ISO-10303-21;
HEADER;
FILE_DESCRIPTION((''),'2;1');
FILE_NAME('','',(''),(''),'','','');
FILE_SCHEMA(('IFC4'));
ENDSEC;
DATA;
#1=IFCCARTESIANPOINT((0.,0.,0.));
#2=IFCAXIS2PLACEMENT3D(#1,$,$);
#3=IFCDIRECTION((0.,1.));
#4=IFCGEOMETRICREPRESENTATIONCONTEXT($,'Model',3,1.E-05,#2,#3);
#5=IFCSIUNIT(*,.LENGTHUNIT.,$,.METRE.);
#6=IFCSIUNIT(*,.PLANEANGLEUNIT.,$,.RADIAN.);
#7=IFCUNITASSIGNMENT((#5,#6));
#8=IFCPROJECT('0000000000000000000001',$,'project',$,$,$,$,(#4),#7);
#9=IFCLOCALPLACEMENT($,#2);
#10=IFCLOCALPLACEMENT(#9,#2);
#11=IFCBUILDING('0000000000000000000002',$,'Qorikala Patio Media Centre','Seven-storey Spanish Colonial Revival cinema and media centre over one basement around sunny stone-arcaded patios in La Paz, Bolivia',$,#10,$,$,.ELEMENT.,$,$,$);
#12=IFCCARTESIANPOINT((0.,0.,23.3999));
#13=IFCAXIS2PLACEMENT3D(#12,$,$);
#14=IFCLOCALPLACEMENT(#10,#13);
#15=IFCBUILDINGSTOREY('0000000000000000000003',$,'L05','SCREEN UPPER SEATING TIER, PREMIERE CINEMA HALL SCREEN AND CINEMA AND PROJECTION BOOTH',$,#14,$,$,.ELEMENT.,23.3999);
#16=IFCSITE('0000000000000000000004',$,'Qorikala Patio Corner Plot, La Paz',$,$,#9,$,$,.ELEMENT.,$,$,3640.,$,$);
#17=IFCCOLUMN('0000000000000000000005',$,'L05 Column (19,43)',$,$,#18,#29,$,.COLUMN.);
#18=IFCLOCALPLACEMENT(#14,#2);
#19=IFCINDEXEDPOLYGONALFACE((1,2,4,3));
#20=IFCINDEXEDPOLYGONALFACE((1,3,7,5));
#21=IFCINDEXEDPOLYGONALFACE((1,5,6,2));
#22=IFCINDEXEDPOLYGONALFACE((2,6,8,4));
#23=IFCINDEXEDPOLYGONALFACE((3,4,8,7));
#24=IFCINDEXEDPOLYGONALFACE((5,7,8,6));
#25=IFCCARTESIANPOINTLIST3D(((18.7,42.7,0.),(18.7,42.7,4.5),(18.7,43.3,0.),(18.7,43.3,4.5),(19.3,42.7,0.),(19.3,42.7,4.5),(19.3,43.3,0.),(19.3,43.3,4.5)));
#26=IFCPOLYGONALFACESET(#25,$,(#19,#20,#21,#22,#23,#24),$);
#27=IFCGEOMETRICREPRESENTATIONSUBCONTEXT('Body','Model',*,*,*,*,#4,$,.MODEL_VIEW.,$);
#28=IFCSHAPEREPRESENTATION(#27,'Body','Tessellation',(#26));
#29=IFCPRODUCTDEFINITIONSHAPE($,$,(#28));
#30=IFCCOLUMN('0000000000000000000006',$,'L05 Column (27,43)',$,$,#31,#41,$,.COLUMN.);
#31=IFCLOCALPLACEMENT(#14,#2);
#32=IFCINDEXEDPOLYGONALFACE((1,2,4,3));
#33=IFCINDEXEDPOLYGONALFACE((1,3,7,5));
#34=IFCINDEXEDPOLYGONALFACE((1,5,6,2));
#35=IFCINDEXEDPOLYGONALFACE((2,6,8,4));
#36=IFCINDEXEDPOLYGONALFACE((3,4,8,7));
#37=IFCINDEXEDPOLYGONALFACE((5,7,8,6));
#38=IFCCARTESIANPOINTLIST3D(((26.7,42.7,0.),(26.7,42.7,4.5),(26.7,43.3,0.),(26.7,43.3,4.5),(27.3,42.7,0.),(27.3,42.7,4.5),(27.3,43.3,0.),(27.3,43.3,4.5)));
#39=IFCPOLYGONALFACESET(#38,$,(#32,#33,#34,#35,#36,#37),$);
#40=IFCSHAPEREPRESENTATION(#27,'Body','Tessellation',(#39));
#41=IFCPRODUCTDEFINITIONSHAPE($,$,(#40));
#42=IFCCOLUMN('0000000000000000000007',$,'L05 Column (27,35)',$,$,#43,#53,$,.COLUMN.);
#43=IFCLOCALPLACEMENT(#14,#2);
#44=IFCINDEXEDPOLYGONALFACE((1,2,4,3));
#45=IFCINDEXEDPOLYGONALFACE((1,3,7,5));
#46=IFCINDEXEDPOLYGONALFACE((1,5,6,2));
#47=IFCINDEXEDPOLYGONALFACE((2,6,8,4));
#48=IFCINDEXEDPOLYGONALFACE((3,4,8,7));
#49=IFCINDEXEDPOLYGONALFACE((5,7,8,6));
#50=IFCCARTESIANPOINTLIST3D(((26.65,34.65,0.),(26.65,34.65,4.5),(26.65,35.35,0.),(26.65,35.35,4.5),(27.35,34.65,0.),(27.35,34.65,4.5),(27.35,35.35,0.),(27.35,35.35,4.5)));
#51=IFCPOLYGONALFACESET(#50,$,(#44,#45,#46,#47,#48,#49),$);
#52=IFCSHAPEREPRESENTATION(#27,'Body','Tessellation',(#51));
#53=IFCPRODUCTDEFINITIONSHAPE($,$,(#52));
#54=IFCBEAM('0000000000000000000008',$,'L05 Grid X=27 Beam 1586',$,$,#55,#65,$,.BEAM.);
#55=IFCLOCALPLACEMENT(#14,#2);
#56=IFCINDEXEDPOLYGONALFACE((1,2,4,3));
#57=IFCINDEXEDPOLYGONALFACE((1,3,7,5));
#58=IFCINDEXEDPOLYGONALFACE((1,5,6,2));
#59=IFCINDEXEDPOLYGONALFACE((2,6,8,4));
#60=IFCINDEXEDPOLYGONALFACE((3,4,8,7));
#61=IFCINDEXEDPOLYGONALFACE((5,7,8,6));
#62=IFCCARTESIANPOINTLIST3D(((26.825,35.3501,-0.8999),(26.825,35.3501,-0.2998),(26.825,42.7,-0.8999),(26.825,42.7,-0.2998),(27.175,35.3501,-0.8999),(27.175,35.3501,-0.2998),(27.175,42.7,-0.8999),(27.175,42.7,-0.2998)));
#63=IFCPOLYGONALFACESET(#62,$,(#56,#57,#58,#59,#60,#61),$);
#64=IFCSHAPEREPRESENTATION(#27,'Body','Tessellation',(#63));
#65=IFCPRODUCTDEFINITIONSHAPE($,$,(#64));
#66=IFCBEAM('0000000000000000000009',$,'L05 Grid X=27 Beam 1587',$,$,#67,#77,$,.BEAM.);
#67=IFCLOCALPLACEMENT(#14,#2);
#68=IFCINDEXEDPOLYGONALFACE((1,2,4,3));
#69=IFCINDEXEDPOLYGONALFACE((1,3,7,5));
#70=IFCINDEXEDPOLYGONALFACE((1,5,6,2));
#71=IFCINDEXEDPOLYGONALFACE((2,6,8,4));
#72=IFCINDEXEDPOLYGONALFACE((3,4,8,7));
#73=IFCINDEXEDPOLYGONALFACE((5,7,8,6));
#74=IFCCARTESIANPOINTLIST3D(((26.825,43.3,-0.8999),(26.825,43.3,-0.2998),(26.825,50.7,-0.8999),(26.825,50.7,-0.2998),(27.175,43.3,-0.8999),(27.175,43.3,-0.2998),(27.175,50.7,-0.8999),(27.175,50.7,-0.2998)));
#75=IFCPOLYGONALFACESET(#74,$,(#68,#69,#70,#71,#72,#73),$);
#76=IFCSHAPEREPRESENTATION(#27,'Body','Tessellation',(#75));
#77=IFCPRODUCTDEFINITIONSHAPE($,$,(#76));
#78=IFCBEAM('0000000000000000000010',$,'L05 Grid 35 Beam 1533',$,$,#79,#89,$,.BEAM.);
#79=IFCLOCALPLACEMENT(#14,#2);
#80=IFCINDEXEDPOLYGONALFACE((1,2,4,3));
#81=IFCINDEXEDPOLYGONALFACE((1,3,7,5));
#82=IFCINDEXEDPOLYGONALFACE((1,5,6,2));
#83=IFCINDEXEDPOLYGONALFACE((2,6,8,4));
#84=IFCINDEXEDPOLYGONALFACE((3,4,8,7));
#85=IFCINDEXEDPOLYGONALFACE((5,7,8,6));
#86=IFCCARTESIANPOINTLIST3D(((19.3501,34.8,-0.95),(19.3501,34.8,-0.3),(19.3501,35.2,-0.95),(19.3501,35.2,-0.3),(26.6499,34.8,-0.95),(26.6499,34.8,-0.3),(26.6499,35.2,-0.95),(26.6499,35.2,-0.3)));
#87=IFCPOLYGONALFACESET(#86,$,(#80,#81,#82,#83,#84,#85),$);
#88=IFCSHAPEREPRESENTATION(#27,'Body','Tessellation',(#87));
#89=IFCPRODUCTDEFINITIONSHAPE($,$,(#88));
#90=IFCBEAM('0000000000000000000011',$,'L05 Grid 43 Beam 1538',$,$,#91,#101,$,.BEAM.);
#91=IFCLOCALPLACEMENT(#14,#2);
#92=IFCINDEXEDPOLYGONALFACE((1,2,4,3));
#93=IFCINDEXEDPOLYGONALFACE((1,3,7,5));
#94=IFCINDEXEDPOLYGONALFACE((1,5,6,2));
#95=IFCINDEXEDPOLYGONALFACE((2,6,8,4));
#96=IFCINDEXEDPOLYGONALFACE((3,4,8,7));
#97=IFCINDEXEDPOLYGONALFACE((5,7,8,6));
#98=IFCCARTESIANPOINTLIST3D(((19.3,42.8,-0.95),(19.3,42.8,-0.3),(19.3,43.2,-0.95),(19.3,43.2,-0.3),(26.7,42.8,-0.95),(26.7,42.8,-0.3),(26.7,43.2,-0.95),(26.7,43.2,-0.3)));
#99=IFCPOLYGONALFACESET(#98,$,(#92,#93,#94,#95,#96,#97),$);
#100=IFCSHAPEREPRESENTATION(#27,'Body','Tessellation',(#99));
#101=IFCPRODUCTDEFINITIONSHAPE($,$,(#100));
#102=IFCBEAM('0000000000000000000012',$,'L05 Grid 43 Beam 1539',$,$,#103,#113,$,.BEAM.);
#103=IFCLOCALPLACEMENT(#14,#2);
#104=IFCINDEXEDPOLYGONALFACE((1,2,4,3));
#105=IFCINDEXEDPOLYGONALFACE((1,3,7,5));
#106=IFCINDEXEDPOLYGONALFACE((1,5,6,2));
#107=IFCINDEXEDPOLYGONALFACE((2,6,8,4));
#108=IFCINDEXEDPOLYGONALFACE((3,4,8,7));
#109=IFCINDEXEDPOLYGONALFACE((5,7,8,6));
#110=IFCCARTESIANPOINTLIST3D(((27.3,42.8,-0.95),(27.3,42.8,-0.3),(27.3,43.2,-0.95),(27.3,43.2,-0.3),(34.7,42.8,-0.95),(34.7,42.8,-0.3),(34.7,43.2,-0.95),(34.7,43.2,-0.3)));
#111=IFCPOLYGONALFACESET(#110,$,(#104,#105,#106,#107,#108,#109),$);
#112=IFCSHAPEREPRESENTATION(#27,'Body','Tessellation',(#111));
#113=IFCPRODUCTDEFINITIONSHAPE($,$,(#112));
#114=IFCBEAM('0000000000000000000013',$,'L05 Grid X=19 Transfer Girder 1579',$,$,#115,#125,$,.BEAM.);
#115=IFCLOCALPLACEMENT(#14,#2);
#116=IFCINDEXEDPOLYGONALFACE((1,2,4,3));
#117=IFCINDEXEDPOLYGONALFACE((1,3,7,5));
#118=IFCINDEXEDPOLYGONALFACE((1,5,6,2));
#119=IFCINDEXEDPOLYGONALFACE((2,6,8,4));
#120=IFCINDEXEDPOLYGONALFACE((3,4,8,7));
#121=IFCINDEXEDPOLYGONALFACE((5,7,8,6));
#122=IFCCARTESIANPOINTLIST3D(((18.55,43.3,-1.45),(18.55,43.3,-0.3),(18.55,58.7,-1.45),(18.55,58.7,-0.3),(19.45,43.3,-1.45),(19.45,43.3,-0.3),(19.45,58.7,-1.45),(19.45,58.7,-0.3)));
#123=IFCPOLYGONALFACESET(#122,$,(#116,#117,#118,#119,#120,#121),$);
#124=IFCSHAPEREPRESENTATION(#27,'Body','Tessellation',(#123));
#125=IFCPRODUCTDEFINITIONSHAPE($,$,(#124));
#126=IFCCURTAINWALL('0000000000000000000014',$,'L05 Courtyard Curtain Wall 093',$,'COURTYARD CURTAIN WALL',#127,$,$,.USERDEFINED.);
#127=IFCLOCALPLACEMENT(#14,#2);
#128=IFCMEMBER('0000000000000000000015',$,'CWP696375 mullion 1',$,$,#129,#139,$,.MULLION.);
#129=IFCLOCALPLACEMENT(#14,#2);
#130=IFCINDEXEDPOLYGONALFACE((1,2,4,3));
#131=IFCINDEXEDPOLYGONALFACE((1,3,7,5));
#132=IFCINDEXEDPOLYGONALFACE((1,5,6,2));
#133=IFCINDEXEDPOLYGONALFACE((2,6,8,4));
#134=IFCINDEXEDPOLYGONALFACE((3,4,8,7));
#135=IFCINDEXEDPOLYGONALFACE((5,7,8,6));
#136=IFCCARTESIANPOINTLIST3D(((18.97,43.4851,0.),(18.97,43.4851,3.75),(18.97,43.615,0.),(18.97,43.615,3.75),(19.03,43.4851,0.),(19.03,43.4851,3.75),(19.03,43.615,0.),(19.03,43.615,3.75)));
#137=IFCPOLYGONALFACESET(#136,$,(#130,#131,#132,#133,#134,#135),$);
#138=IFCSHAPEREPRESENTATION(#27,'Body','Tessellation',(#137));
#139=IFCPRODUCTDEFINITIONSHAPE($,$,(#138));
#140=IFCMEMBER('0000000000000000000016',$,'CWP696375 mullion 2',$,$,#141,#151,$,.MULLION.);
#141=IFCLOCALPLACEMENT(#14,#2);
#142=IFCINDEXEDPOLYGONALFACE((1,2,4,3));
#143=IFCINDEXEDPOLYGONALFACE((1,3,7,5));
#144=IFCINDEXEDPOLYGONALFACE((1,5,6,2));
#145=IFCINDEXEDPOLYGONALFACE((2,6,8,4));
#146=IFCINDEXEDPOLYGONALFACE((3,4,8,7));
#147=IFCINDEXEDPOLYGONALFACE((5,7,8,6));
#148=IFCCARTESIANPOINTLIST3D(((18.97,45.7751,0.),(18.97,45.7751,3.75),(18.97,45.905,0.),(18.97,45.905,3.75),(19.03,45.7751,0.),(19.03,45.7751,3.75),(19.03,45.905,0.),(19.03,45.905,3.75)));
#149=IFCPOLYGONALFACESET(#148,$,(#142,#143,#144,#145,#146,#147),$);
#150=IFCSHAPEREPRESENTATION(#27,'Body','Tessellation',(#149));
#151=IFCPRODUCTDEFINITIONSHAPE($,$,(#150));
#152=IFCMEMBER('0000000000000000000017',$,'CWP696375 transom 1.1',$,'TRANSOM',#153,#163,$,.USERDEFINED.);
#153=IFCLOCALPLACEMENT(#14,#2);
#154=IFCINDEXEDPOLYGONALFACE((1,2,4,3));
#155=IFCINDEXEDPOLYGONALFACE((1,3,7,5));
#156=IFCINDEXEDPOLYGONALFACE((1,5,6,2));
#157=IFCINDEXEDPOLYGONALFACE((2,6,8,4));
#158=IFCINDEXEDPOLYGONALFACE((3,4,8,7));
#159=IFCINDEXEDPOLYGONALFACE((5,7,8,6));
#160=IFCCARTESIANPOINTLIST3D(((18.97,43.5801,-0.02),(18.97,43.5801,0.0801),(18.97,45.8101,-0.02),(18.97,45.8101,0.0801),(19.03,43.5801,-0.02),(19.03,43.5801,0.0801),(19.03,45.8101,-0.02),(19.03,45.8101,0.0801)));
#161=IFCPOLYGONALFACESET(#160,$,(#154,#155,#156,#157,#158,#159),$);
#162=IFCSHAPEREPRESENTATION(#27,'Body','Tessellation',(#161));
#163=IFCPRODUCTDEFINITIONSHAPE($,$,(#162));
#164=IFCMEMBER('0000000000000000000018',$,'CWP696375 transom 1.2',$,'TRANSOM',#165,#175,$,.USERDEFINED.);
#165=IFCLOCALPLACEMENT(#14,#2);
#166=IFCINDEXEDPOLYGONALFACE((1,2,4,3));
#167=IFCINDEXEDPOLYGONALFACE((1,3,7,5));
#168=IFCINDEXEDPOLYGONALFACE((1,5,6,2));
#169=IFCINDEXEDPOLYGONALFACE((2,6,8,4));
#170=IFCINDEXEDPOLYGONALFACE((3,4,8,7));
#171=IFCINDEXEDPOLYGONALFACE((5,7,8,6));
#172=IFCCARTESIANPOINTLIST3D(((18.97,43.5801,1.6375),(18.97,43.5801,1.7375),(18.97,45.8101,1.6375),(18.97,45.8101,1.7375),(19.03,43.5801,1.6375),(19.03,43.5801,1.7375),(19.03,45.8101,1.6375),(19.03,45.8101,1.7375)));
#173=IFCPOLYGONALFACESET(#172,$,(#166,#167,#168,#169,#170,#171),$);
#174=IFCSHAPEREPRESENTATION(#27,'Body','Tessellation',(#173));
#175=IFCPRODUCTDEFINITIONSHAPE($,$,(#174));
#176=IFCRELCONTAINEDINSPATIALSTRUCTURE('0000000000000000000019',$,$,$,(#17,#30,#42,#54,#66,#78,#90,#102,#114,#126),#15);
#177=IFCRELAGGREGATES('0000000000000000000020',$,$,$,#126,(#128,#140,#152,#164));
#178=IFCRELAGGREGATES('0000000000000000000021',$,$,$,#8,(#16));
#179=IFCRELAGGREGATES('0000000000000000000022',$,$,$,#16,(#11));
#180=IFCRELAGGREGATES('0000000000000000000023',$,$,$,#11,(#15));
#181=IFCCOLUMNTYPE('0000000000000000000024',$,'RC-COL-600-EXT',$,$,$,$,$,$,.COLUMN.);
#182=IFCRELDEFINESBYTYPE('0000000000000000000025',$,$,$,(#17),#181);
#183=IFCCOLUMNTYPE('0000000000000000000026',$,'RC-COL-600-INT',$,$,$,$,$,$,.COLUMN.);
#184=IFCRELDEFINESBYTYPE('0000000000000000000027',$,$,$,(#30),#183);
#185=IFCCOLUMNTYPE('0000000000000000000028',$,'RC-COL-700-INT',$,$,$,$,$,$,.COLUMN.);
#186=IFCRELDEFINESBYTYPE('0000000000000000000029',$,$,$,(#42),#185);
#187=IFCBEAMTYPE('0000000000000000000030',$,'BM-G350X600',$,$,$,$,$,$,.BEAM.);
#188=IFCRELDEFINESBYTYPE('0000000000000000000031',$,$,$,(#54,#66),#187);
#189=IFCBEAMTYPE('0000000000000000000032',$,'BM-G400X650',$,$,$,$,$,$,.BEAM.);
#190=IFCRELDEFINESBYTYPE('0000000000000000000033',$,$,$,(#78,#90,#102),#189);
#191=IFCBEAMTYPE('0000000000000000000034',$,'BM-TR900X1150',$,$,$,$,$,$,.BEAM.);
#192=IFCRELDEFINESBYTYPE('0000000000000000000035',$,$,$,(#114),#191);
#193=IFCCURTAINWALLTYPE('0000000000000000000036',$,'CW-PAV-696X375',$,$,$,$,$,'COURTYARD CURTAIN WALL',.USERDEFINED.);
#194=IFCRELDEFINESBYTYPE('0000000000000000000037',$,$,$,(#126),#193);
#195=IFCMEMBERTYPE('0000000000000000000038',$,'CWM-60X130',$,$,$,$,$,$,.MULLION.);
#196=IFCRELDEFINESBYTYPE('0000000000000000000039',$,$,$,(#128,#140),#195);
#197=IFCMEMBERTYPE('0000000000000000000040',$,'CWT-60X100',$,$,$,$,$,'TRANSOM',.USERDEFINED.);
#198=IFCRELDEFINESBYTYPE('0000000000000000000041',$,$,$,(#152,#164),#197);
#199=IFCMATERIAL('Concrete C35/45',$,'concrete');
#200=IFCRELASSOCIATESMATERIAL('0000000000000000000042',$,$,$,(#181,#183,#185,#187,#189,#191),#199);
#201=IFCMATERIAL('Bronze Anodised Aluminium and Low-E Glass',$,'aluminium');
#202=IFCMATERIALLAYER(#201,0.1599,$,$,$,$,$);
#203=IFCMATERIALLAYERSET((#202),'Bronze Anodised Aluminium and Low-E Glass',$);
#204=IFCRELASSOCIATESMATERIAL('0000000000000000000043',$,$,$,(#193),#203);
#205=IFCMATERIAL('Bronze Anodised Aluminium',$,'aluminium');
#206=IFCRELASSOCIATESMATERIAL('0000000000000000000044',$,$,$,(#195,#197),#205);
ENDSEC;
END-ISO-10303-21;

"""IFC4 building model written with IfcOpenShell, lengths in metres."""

from ifc_helpers import new_model, si_unit, direction, frame, origin, origin_2d, place, context, subcontext, project, spatial, rectangle, extrude, material, layer, layer_set, material_profile, profile_set, type_object, element, aggregate, save


model = new_model("IFC4")

# Units and contexts
model_context = context("Model", 3, precision=1e-05, world=origin(), true_north=direction((0.0, 1.0)))
body_context = subcontext(model_context, "Body", "Model", "MODEL_VIEW")
ifc_project = project(units=[si_unit("LENGTHUNIT", "METRE"), si_unit("PLANEANGLEUNIT", "RADIAN")], contexts=[model_context])

# Site, building, storey
site_placement = place(None, origin())
site = spatial("IfcSite", under=ifc_project, at=site_placement, Name="Qorikala Patio Corner Plot, La Paz", CompositionType="ELEMENT", RefElevation=3640.0)
building_placement = place(site_placement, origin())
building = spatial("IfcBuilding", under=site, at=building_placement, Name="Qorikala Patio Media Centre", Description="Seven-storey Spanish Colonial Revival cinema and media centre over one basement around sunny stone-arcaded patios in La Paz, Bolivia", CompositionType="ELEMENT")
storey_placement = place(building_placement, frame((0.0, 0.0, 23.3999)))
storey = spatial("IfcBuildingStorey", under=building, at=storey_placement, Name="L05", Description="SCREEN UPPER SEATING TIER, PREMIERE CINEMA HALL SCREEN AND CINEMA AND PROJECTION BOOTH", CompositionType="ELEMENT", Elevation=23.3999)

# Columns
ifc_material_1 = material(Name="Concrete C35/45", Category="concrete")
ifc_material_profile_1 = material_profile(ifc_material_1, rectangle(XDim=0.6001, YDim=0.6001, at=origin_2d()), Name="RC 600x600")
ifc_profile_set_1 = profile_set([ifc_material_profile_1], Name="Concrete C35/45")
column_type_1 = type_object("IfcColumnType", Name="RC-COL-600-EXT", PredefinedType="COLUMN", material=ifc_profile_set_1)
column_1_placement = place(storey_placement, frame((19.0, 43.0, 0.0), z_axis=(0.0, 0.0, 1.0), x_axis=(1.0, 0.0, 0.0)))
element("IfcColumn", 1, at=column_1_placement, inside=storey, type_object=column_type_1, Name="L05 Column (19,43)", PredefinedType="COLUMN", context=body_context, shape_type="SweptSolid", body=[
    extrude(rectangle(XDim=0.6001, YDim=0.6001, at=origin_2d()), origin(), (0.0, 0.0, 1.0), 4.5),
])
ifc_material_profile_2 = material_profile(ifc_material_1, rectangle(XDim=0.6001, YDim=0.6001, at=origin_2d()), Name="RC 600x600")
ifc_profile_set_2 = profile_set([ifc_material_profile_2], Name="Concrete C35/45")
column_type_2 = type_object("IfcColumnType", Name="RC-COL-600-INT", PredefinedType="COLUMN", material=ifc_profile_set_2)
column_2_placement = place(storey_placement, frame((27.0, 43.0, 0.0), z_axis=(0.0, 0.0, 1.0), x_axis=(1.0, 0.0, 0.0)))
element("IfcColumn", 2, at=column_2_placement, inside=storey, type_object=column_type_2, Name="L05 Column (27,43)", PredefinedType="COLUMN", context=body_context, shape_type="SweptSolid", body=[
    extrude(rectangle(XDim=0.6001, YDim=0.6001, at=origin_2d()), origin(), (0.0, 0.0, 1.0), 4.5),
])
ifc_material_profile_3 = material_profile(ifc_material_1, rectangle(XDim=0.7, YDim=0.7, at=origin_2d()), Name="RC 700x700")
ifc_profile_set_3 = profile_set([ifc_material_profile_3], Name="Concrete C35/45")
column_type_3 = type_object("IfcColumnType", Name="RC-COL-700-INT", PredefinedType="COLUMN", material=ifc_profile_set_3)
column_3_placement = place(storey_placement, frame((27.0, 35.0, 0.0), z_axis=(0.0, 0.0, 1.0), x_axis=(1.0, 0.0, 0.0)))
element("IfcColumn", 3, at=column_3_placement, inside=storey, type_object=column_type_3, Name="L05 Column (27,35)", PredefinedType="COLUMN", context=body_context, shape_type="SweptSolid", body=[
    extrude(rectangle(XDim=0.7, YDim=0.7, at=origin_2d()), origin(), (0.0, 0.0, 1.0), 4.5),
])

# Beams
ifc_material_profile_4 = material_profile(ifc_material_1, rectangle(XDim=0.3501, YDim=0.6001, at=origin_2d()), Name="RC 350x600")
ifc_profile_set_4 = profile_set([ifc_material_profile_4], Name="Concrete C35/45")
beam_type_1 = type_object("IfcBeamType", Name="BM-G350X600", PredefinedType="BEAM", material=ifc_profile_set_4)
beam_1_placement = place(storey_placement, frame((27.0, 35.3501, -0.5999), z_axis=(0.0, 1.0, 0.0), x_axis=(-1.0, 0.0, 0.0)))
element("IfcBeam", 4, at=beam_1_placement, inside=storey, type_object=beam_type_1, Name="L05 Grid X=27 Beam 1586", PredefinedType="BEAM", context=body_context, shape_type="SweptSolid", body=[
    extrude(rectangle(XDim=0.3501, YDim=0.6001, at=origin_2d()), origin(), (0.0, 0.0, 1.0), 7.3499),
])
beam_2_placement = place(storey_placement, frame((27.0, 43.3, -0.5999), z_axis=(0.0, 1.0, 0.0), x_axis=(-1.0, 0.0, 0.0)))
element("IfcBeam", 5, at=beam_2_placement, inside=storey, type_object=beam_type_1, Name="L05 Grid X=27 Beam 1587", PredefinedType="BEAM", context=body_context, shape_type="SweptSolid", body=[
    extrude(rectangle(XDim=0.3501, YDim=0.6001, at=origin_2d()), origin(), (0.0, 0.0, 1.0), 7.3999),
])
ifc_material_profile_5 = material_profile(ifc_material_1, rectangle(XDim=0.3999, YDim=0.6499, at=origin_2d()), Name="RC 400x650")
ifc_profile_set_5 = profile_set([ifc_material_profile_5], Name="Concrete C35/45")
beam_type_2 = type_object("IfcBeamType", Name="BM-G400X650", PredefinedType="BEAM", material=ifc_profile_set_5)
beam_3_placement = place(storey_placement, frame((19.3501, 35.0, -0.625), z_axis=(1.0, 0.0, 0.0), x_axis=(0.0, 1.0, 0.0)))
element("IfcBeam", 6, at=beam_3_placement, inside=storey, type_object=beam_type_2, Name="L05 Grid 35 Beam 1533", PredefinedType="BEAM", context=body_context, shape_type="SweptSolid", body=[
    extrude(rectangle(XDim=0.3999, YDim=0.6499, at=origin_2d()), origin(), (0.0, 0.0, 1.0), 7.2998),
])
for number, where, z_axis, x_axis, name in (
    (7, (19.3, 43.0, -0.625), (1.0, 0.0, 0.0), (0.0, 1.0, 0.0), "L05 Grid 43 Beam 1538"),
    (8, (27.3, 43.0, -0.625), (1.0, 0.0, 0.0), (0.0, 1.0, 0.0), "L05 Grid 43 Beam 1539"),
):
    element("IfcBeam", number, at=place(storey_placement, frame(where, z_axis=z_axis, x_axis=x_axis)), inside=storey, type_object=beam_type_2, Name=name, PredefinedType="BEAM", context=body_context, shape_type="SweptSolid", body=[
        extrude(rectangle(XDim=0.3999, YDim=0.6499, at=origin_2d()), origin(), (0.0, 0.0, 1.0), 7.3999),
    ])
ifc_material_profile_6 = material_profile(ifc_material_1, rectangle(XDim=0.8999, YDim=1.1499, at=origin_2d()), Name="RC 900x1150")
ifc_profile_set_6 = profile_set([ifc_material_profile_6], Name="Concrete C35/45")
beam_type_3 = type_object("IfcBeamType", Name="BM-TR900X1150", PredefinedType="BEAM", material=ifc_profile_set_6)
beam_4_placement = place(storey_placement, frame((19.0, 43.3, -0.875), z_axis=(0.0, 1.0, 0.0), x_axis=(-1.0, 0.0, 0.0)))
element("IfcBeam", 9, at=beam_4_placement, inside=storey, type_object=beam_type_3, Name="L05 Grid X=19 Transfer Girder 1579", PredefinedType="BEAM", context=body_context, shape_type="SweptSolid", body=[
    extrude(rectangle(XDim=0.8999, YDim=1.1499, at=origin_2d()), origin(), (0.0, 0.0, 1.0), 15.3999),
])

# Curtain wall, members
ifc_material_2 = material(Name="Bronze Anodised Aluminium and Low-E Glass", Category="aluminium")
ifc_layer_1 = layer(ifc_material_2, 0.1599)
ifc_layer_set_1 = layer_set([ifc_layer_1], Name="Bronze Anodised Aluminium and Low-E Glass")
curtain_wall_type = type_object("IfcCurtainWallType", Name="CW-PAV-696X375", ElementType="COURTYARD CURTAIN WALL", PredefinedType="USERDEFINED", material=ifc_layer_set_1)
curtain_wall_placement = place(storey_placement, origin())
curtain_wall = element("IfcCurtainWall", 10, at=curtain_wall_placement, inside=storey, type_object=curtain_wall_type, Name="L05 Courtyard Curtain Wall 093", ObjectType="COURTYARD CURTAIN WALL", PredefinedType="USERDEFINED")
ifc_material_3 = material(Name="Bronze Anodised Aluminium", Category="aluminium")
ifc_material_profile_7 = material_profile(ifc_material_3, rectangle(XDim=0.0601, YDim=0.1299, at=origin_2d()), Name="ALU MULLION 60x130")
ifc_profile_set_7 = profile_set([ifc_material_profile_7], Name="Bronze Anodised Aluminium")
member_type_1 = type_object("IfcMemberType", Name="CWM-60X130", PredefinedType="MULLION", material=ifc_profile_set_7)
member_1_placement = place(storey_placement, frame((19.0, 43.55, 0.0), z_axis=(0.0, 0.0, 1.0), x_axis=(-1.0, 0.0, 0.0)))
member_1 = element("IfcMember", 11, at=member_1_placement, type_object=member_type_1, Name="CWP696375 mullion 1", PredefinedType="MULLION", context=body_context, shape_type="SweptSolid", body=[
    extrude(rectangle(XDim=0.0601, YDim=0.1299, at=origin_2d()), origin(), (0.0, 0.0, 1.0), 3.75),
])
member_2_placement = place(storey_placement, frame((19.0, 45.8401, 0.0), z_axis=(0.0, 0.0, 1.0), x_axis=(-1.0, 0.0, 0.0)))
member_2 = element("IfcMember", 12, at=member_2_placement, type_object=member_type_1, Name="CWP696375 mullion 2", PredefinedType="MULLION", context=body_context, shape_type="SweptSolid", body=[
    extrude(rectangle(XDim=0.0601, YDim=0.1299, at=origin_2d()), origin(), (0.0, 0.0, 1.0), 3.75),
])
ifc_material_profile_8 = material_profile(ifc_material_3, rectangle(XDim=0.0601, YDim=0.1001, at=origin_2d()), Name="ALU TRANSOM 60x100")
ifc_profile_set_8 = profile_set([ifc_material_profile_8], Name="Bronze Anodised Aluminium")
member_type_2 = type_object("IfcMemberType", Name="CWT-60X100", ElementType="TRANSOM", PredefinedType="USERDEFINED", material=ifc_profile_set_8)
member_3_placement = place(storey_placement, frame((19.0, 43.5801, 0.03), z_axis=(0.0, 1.0, 0.0), x_axis=(-1.0, 0.0, 0.0)))
member_3 = element("IfcMember", 13, at=member_3_placement, type_object=member_type_2, Name="CWP696375 transom 1.1", ObjectType="TRANSOM", PredefinedType="USERDEFINED", context=body_context, shape_type="SweptSolid", body=[
    extrude(rectangle(XDim=0.0601, YDim=0.1001, at=origin_2d()), origin(), (0.0, 0.0, 1.0), 2.23),
])
member_4_placement = place(storey_placement, frame((19.0, 43.5801, 1.6875), z_axis=(0.0, 1.0, 0.0), x_axis=(-1.0, 0.0, 0.0)))
member_4 = element("IfcMember", 14, at=member_4_placement, type_object=member_type_2, Name="CWP696375 transom 1.2", ObjectType="TRANSOM", PredefinedType="USERDEFINED", context=body_context, shape_type="SweptSolid", body=[
    extrude(rectangle(XDim=0.0601, YDim=0.1001, at=origin_2d()), origin(), (0.0, 0.0, 1.0), 2.23),
])

aggregate(curtain_wall, [member_1, member_2, member_3, member_4])

save(model, "model.ifc")
